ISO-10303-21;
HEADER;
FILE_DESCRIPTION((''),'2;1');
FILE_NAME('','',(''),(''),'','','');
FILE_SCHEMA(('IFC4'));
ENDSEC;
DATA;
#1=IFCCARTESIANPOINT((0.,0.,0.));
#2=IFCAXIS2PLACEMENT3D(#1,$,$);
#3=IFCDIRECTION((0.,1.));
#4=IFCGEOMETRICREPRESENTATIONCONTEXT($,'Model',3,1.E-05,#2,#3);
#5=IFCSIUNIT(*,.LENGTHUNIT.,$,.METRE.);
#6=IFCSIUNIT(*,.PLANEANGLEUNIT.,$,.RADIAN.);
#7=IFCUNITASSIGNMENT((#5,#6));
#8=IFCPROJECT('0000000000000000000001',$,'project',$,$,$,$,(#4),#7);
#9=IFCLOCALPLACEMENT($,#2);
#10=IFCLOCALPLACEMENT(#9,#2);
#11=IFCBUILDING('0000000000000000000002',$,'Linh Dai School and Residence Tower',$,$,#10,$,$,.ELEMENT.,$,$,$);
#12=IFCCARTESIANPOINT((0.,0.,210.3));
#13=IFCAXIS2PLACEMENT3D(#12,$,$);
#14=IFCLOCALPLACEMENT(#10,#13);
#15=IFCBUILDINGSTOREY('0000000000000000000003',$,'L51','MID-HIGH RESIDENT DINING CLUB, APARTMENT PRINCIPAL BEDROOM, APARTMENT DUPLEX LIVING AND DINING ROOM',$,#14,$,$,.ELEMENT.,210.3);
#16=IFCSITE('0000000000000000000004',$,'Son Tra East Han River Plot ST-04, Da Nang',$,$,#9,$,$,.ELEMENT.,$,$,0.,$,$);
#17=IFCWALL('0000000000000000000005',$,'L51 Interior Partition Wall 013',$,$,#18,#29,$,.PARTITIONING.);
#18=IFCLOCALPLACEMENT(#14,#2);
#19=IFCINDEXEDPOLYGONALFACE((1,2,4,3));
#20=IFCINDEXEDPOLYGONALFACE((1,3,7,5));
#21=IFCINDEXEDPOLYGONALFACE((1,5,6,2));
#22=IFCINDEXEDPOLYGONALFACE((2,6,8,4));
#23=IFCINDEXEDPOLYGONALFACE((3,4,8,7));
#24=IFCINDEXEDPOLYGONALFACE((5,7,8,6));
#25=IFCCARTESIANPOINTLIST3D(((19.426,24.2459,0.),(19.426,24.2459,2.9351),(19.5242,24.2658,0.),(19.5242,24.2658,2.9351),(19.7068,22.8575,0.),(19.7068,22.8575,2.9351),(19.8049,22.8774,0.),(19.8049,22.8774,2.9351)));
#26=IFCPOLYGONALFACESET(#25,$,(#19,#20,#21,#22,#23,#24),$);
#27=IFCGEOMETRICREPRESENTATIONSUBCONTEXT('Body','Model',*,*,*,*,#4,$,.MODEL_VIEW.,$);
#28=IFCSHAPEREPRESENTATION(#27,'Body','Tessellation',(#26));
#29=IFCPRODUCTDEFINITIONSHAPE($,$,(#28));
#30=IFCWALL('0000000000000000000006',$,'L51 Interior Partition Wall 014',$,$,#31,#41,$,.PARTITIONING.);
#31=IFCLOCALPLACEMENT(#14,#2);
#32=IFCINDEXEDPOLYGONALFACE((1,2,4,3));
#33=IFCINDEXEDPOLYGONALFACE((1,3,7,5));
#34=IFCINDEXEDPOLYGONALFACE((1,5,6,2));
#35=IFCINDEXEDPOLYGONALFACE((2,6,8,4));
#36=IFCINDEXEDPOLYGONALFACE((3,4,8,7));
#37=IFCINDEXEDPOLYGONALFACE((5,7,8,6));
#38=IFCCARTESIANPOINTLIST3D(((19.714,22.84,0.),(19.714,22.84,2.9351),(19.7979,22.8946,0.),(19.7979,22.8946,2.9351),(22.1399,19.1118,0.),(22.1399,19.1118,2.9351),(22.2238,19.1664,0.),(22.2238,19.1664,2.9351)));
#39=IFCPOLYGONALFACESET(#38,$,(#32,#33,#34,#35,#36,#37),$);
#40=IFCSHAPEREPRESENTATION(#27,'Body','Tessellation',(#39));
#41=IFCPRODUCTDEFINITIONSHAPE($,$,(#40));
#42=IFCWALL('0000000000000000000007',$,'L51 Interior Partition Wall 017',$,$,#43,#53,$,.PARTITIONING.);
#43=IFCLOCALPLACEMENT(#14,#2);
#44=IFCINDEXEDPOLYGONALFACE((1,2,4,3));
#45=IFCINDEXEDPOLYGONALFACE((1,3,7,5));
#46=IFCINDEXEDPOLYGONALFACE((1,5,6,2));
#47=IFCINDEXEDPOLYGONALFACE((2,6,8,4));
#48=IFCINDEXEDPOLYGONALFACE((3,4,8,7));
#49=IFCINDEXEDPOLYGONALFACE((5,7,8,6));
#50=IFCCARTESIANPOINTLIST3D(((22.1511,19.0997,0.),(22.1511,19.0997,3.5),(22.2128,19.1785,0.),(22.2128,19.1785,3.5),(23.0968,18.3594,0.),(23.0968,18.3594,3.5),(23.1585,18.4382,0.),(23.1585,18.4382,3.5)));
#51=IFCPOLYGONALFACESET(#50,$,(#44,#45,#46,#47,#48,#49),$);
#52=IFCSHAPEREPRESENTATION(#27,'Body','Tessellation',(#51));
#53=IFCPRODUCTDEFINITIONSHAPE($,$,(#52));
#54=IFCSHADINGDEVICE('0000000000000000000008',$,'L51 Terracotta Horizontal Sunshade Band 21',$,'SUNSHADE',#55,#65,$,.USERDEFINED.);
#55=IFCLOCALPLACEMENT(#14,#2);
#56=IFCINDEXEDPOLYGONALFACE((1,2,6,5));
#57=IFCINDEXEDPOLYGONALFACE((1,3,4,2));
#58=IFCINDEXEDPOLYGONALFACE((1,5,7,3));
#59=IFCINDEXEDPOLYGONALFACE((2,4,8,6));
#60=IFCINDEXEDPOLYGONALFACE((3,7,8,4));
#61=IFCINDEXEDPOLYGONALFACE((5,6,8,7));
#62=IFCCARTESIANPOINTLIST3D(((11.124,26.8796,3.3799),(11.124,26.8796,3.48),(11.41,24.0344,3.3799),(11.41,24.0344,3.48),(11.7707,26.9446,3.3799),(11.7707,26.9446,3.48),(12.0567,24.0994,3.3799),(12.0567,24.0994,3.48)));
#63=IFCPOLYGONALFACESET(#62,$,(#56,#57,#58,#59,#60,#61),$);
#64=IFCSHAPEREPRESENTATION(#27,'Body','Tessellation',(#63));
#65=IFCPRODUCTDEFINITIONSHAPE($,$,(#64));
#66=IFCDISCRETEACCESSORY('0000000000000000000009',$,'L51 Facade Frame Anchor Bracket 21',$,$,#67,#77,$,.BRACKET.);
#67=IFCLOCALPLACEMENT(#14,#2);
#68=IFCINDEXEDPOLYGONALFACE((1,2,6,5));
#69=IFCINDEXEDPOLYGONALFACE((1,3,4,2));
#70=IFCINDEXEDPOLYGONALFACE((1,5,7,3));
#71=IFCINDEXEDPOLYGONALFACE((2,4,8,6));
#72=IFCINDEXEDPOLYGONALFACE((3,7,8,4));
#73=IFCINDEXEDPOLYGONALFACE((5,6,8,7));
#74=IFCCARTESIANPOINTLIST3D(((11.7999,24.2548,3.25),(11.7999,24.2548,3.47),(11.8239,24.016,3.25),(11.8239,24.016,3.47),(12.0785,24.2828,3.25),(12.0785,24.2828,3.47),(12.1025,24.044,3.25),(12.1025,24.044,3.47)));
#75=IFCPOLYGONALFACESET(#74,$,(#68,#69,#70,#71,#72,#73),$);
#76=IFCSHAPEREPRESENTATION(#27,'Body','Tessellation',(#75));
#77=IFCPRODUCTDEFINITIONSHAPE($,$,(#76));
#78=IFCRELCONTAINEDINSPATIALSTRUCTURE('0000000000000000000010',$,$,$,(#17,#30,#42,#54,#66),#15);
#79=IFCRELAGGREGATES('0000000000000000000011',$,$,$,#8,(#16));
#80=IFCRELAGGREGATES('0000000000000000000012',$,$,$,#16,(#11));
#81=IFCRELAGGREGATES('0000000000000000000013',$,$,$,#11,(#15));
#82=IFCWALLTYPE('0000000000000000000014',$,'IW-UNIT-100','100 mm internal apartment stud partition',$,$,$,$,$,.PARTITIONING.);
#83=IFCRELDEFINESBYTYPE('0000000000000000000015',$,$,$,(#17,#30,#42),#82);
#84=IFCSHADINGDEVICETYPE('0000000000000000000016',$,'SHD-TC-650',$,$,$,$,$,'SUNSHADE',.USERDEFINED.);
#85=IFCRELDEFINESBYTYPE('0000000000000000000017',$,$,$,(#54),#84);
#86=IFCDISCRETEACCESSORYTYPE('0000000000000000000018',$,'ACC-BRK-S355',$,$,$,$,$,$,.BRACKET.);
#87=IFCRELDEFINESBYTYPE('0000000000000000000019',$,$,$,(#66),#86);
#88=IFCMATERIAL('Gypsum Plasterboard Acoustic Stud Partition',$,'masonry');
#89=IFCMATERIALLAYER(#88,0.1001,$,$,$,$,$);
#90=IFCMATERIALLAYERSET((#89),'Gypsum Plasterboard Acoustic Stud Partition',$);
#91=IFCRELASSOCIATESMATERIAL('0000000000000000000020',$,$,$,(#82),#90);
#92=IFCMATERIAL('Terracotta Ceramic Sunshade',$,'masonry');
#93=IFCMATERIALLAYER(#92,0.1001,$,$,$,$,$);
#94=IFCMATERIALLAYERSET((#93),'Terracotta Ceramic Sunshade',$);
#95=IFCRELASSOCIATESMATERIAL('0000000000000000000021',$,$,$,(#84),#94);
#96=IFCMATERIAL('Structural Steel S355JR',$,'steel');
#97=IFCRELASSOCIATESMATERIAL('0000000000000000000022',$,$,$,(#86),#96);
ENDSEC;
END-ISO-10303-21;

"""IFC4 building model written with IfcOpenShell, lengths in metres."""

from ifc_helpers import new_model, si_unit, direction, frame, frame_2d, origin, origin_2d, place, context, subcontext, project, spatial, rectangle, extrude, source, transform, mapped, material, layer, layer_set, type_object, element, save


model = new_model("IFC4")

# Units and contexts
model_context = context("Model", 3, precision=1e-05, world=origin(), true_north=direction((0.0, 1.0)))
body_context = subcontext(model_context, "Body", "Model", "MODEL_VIEW")
ifc_project = project(units=[si_unit("LENGTHUNIT", "METRE"), si_unit("PLANEANGLEUNIT", "RADIAN")], contexts=[model_context])

# Site, building, storey
site_placement = place(None, origin())
site = spatial("IfcSite", under=ifc_project, at=site_placement, Name="Son Tra East Han River Plot ST-04, Da Nang", CompositionType="ELEMENT", RefElevation=0.0)
building_placement = place(site_placement, origin())
building = spatial("IfcBuilding", under=site, at=building_placement, Name="Linh Dai School and Residence Tower", CompositionType="ELEMENT")
storey_placement = place(building_placement, frame((0.0, 0.0, 210.3)))
storey = spatial("IfcBuildingStorey", under=building, at=storey_placement, Name="L51", Description="MID-HIGH RESIDENT DINING CLUB, APARTMENT PRINCIPAL BEDROOM, APARTMENT DUPLEX LIVING AND DINING ROOM", CompositionType="ELEMENT", Elevation=210.3)

# Shared definitions
ifc_material_1 = material(Name="Structural Steel S355JR", Category="steel")

# Shared definitions
ifc_material_2 = material(Name="Gypsum Plasterboard Acoustic Stud Partition", Category="masonry")
ifc_layer_1 = layer(ifc_material_2, 0.1001)
ifc_layer_set_1 = layer_set([ifc_layer_1], Name="Gypsum Plasterboard Acoustic Stud Partition")
wall_type_1 = type_object("IfcWallType", Name="IW-UNIT-100", Description="100 mm internal apartment stud partition", PredefinedType="PARTITIONING", material=ifc_layer_set_1)

# Walls
wall_1_placement = place(storey_placement, frame((19.4751, 24.2559, 0.0), z_axis=(0.0, 0.0, 1.0), x_axis=(0.198204, -0.980161, 0.0)))
element("IfcWall", 1, at=wall_1_placement, inside=storey, type_object=wall_type_1, Name="L51 Interior Partition Wall 013", PredefinedType="PARTITIONING", context=body_context, shape_type="SweptSolid", body=[
    extrude(rectangle(XDim=1.4165, YDim=0.1001, at=frame_2d((0.7083, 0.0))), origin(), (0.0, 0.0, 1.0), 2.9351),
])
wall_2_placement = place(storey_placement, frame((19.7559, 22.8674, 0.0), z_axis=(0.0, 0.0, 1.0), x_axis=(0.545407, -0.838171, 0.0)))
element("IfcWall", 2, at=wall_2_placement, inside=storey, type_object=wall_type_1, Name="L51 Interior Partition Wall 014", PredefinedType="PARTITIONING", context=body_context, shape_type="SweptSolid", body=[
    extrude(rectangle(XDim=4.448, YDim=0.1001, at=frame_2d((2.2241, 0.0))), origin(), (0.0, 0.0, 1.0), 2.9351),
])
wall_3_placement = place(storey_placement, frame((22.1819, 19.1392, 0.0), z_axis=(0.0, 0.0, 1.0), x_axis=(0.787411, -0.616429, 0.0)))
element("IfcWall", 3, at=wall_3_placement, inside=storey, type_object=wall_type_1, Name="L51 Interior Partition Wall 017", PredefinedType="PARTITIONING", context=body_context, shape_type="SweptSolid", body=[
    extrude(rectangle(XDim=1.2009, YDim=0.1001, at=frame_2d((0.6006, 0.0))), origin(), (0.0, 0.0, 1.0), 3.5),
])

# Shading device
ifc_material_3 = material(Name="Terracotta Ceramic Sunshade", Category="masonry")
ifc_layer_2 = layer(ifc_material_3, 0.1001)
ifc_layer_set_2 = layer_set([ifc_layer_2], Name="Terracotta Ceramic Sunshade")
shading_device_type = type_object("IfcShadingDeviceType", Name="SHD-TC-650", ElementType="SUNSHADE", PredefinedType="USERDEFINED", material=ifc_layer_set_2)
shared_shape_1 = source(origin(), body_context, "Body", "SweptSolid", [
    extrude(rectangle(XDim=2.8596, YDim=0.6499, at=origin_2d()), origin(), (0.0, 0.0, 1.0), 0.1001),
])
shading_device_placement = place(storey_placement, frame((11.5903, 25.4895, 3.3799), z_axis=(0.0, 0.0, 1.0), x_axis=(-0.100012, 0.994986, 0.0)))
element("IfcShadingDevice", 4, at=shading_device_placement, inside=storey, type_object=shading_device_type, Name="L51 Terracotta Horizontal Sunshade Band 21", ObjectType="SUNSHADE", PredefinedType="USERDEFINED", context=body_context, shape_type="MappedRepresentation", body=[
    mapped(shared_shape_1, transform((0.0, 0.0, 0.0), x_axis=(1.0, 0.0, 0.0), y_axis=(0.0, 1.0, 0.0), z_axis=(0.0, 0.0, 1.0), scale=1.0)),
])

# Discrete accessory
discrete_accessory_type = type_object("IfcDiscreteAccessoryType", Name="ACC-BRK-S355", PredefinedType="BRACKET", material=ifc_material_1)
shared_shape_2 = source(origin(), body_context, "Body", "SweptSolid", [
    extrude(rectangle(XDim=0.28, YDim=0.24, at=origin_2d()), origin(), (0.0, 0.0, 1.0), 0.22),
])
discrete_accessory_placement = place(storey_placement, frame((11.9512, 24.1494, 3.25), z_axis=(0.0, 0.0, 1.0), x_axis=(-0.994986, -0.100012, 0.0)))
element("IfcDiscreteAccessory", 5, at=discrete_accessory_placement, inside=storey, type_object=discrete_accessory_type, Name="L51 Facade Frame Anchor Bracket 21", PredefinedType="BRACKET", context=body_context, shape_type="MappedRepresentation", body=[
    mapped(shared_shape_2, transform((0.0, 0.0, 0.0), x_axis=(1.0, 0.0, 0.0), y_axis=(0.0, 1.0, 0.0), z_axis=(0.0, 0.0, 1.0), scale=1.0)),
])

save(model, "model.ifc")
